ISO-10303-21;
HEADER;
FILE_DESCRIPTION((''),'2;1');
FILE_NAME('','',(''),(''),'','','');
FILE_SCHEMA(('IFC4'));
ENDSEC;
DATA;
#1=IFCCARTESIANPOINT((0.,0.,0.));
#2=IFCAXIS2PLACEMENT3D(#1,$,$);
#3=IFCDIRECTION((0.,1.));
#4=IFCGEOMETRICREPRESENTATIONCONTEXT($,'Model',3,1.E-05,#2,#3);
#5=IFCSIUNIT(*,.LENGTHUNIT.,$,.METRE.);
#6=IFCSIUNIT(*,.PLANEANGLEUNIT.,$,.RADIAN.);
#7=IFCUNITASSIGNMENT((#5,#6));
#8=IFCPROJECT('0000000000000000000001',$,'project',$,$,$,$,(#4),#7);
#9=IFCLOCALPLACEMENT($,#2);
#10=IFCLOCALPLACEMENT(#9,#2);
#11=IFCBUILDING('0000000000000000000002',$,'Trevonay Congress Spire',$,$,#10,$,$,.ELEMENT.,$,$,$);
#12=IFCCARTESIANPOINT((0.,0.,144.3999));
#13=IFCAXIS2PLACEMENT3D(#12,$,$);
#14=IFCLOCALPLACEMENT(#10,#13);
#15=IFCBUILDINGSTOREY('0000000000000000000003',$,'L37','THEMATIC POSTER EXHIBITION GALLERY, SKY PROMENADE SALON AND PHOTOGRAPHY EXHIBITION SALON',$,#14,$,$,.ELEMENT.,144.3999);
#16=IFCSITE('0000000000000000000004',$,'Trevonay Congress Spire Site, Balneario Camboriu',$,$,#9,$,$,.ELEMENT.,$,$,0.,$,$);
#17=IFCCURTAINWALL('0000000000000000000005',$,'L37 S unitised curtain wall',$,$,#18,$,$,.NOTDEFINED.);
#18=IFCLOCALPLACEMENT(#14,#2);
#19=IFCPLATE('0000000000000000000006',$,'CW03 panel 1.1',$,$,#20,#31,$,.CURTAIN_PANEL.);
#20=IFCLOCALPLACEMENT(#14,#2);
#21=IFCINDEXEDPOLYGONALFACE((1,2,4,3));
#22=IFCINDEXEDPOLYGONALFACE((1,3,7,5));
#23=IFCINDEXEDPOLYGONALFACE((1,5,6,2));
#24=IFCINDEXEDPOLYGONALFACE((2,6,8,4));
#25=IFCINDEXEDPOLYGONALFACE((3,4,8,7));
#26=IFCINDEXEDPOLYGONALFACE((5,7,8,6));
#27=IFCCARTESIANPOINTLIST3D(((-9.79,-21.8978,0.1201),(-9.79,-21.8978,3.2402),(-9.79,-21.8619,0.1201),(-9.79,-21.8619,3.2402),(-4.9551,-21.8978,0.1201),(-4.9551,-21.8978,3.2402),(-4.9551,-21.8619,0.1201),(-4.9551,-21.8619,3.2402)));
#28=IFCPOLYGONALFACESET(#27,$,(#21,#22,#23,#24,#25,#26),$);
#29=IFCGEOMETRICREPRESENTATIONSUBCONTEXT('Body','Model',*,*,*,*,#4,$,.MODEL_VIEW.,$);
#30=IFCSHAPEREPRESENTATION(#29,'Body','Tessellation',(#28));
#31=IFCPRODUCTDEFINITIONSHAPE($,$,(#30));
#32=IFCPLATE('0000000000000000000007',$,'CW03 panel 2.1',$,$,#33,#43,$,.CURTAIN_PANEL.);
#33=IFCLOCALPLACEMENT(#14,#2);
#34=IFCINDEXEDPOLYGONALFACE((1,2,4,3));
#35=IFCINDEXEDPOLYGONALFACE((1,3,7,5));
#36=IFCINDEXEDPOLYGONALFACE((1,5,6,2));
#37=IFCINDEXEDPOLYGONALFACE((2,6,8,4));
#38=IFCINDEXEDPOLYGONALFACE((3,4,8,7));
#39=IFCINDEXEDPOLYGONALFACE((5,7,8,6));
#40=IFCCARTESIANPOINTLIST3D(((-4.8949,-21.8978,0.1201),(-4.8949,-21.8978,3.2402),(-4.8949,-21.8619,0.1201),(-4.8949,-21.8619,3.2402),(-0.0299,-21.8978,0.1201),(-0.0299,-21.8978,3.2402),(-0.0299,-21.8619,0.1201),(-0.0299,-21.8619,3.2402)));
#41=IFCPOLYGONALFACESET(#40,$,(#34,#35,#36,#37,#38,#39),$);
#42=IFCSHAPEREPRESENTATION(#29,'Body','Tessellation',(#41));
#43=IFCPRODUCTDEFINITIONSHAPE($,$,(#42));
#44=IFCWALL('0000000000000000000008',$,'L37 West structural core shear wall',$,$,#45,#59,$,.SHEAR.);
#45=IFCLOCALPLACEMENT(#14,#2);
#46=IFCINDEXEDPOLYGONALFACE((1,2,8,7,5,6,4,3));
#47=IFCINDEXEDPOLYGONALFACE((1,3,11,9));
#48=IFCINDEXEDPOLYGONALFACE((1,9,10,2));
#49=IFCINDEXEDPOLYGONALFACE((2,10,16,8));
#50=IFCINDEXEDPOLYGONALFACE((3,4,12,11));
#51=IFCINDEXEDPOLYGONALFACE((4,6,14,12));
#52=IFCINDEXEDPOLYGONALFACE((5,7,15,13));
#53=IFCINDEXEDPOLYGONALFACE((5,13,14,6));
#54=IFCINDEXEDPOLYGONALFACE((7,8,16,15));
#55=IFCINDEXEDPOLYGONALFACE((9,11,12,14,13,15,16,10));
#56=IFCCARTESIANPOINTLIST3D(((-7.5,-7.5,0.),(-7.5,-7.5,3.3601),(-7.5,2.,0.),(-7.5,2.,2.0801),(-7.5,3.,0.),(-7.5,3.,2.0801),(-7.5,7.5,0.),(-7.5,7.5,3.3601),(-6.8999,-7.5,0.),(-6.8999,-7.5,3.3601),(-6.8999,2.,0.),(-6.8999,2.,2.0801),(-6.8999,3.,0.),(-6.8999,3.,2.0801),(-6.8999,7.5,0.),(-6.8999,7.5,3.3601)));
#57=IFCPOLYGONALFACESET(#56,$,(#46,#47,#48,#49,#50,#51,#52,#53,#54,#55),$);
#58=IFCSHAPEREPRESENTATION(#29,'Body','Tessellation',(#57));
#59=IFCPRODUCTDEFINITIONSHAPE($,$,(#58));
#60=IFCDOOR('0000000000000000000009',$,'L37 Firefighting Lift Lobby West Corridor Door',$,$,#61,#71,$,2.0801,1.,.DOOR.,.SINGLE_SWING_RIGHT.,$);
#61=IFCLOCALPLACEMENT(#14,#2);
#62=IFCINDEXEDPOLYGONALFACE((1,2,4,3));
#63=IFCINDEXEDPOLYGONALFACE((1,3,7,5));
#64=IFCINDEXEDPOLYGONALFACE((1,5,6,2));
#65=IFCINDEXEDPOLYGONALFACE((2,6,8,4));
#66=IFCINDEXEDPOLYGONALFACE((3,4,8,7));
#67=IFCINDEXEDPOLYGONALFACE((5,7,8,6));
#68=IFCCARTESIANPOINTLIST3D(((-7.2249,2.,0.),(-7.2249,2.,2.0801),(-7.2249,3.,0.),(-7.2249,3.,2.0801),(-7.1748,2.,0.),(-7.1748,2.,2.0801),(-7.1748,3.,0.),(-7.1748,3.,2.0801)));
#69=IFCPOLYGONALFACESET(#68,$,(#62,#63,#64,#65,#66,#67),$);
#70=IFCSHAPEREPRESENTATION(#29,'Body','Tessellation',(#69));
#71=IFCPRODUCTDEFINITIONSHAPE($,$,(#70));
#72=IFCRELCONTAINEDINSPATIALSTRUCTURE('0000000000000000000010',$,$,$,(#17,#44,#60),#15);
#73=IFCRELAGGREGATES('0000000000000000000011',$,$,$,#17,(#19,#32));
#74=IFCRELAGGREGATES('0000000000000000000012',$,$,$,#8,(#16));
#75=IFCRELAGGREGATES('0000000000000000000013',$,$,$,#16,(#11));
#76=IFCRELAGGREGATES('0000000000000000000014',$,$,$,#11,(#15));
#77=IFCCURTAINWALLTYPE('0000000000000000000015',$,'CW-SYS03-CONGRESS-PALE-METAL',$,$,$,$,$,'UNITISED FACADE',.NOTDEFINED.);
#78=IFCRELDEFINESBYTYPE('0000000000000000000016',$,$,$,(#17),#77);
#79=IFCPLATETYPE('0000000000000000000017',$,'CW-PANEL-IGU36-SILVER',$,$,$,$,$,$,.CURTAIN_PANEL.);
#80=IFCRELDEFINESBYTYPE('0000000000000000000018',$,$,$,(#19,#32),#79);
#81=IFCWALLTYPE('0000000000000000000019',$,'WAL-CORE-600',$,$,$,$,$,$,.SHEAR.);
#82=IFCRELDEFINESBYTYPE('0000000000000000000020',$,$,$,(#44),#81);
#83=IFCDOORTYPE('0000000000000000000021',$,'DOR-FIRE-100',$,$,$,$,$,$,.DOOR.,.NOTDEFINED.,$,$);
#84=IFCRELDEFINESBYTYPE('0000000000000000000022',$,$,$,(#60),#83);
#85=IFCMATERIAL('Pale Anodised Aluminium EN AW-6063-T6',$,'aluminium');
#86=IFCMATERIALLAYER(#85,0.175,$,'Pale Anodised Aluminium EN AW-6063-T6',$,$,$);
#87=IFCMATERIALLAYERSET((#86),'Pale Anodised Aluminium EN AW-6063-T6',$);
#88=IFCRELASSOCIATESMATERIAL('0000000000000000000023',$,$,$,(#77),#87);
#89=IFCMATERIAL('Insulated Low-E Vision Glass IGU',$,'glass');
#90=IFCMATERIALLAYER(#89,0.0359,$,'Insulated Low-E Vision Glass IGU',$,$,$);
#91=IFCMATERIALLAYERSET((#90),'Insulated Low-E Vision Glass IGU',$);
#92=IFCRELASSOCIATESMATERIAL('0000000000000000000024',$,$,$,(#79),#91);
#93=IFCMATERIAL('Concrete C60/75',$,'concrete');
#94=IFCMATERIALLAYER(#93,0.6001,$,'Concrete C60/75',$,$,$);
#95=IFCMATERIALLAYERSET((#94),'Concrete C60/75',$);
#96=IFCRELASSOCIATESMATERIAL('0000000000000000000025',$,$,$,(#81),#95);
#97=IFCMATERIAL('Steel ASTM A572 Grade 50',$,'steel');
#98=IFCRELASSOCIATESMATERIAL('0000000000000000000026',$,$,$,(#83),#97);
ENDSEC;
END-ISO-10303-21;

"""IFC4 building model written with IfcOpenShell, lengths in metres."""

from ifc_helpers import new_model, si_unit, direction, frame, frame_2d, origin, origin_2d, place, context, subcontext, project, spatial, rectangle, extrude, material, layer, layer_set, type_object, element, fill, aggregate, save


model = new_model("IFC4")

# Units and contexts
model_context = context("Model", 3, precision=1e-05, world=origin(), true_north=direction((0.0, 1.0)))
body_context = subcontext(model_context, "Body", "Model", "MODEL_VIEW")
ifc_project = project(units=[si_unit("LENGTHUNIT", "METRE"), si_unit("PLANEANGLEUNIT", "RADIAN")], contexts=[model_context])

# Site, building, storey
site_placement = place(None, origin())
site = spatial("IfcSite", under=ifc_project, at=site_placement, Name="Trevonay Congress Spire Site, Balneario Camboriu", CompositionType="ELEMENT", RefElevation=0.0)
building_placement = place(site_placement, origin())
building = spatial("IfcBuilding", under=site, at=building_placement, Name="Trevonay Congress Spire", CompositionType="ELEMENT")
storey_placement = place(building_placement, frame((0.0, 0.0, 144.3999)))
storey = spatial("IfcBuildingStorey", under=building, at=storey_placement, Name="L37", Description="THEMATIC POSTER EXHIBITION GALLERY, SKY PROMENADE SALON AND PHOTOGRAPHY EXHIBITION SALON", CompositionType="ELEMENT", Elevation=144.3999)

# Shared definitions
ifc_material_1 = material(Name="Steel ASTM A572 Grade 50", Category="steel")

# Curtain wall, plates
ifc_material_2 = material(Name="Pale Anodised Aluminium EN AW-6063-T6", Category="aluminium")
ifc_layer_1 = layer(ifc_material_2, 0.175, Name="Pale Anodised Aluminium EN AW-6063-T6")
ifc_layer_set_1 = layer_set([ifc_layer_1], Name="Pale Anodised Aluminium EN AW-6063-T6")
curtain_wall_type = type_object("IfcCurtainWallType", Name="CW-SYS03-CONGRESS-PALE-METAL", ElementType="UNITISED FACADE", PredefinedType="NOTDEFINED", material=ifc_layer_set_1)
curtain_wall_placement = place(storey_placement, origin())
curtain_wall = element("IfcCurtainWall", 1, at=curtain_wall_placement, inside=storey, type_object=curtain_wall_type, Name="L37 S unitised curtain wall", PredefinedType="NOTDEFINED")
ifc_material_3 = material(Name="Insulated Low-E Vision Glass IGU", Category="glass")
ifc_layer_2 = layer(ifc_material_3, 0.0359, Name="Insulated Low-E Vision Glass IGU")
ifc_layer_set_2 = layer_set([ifc_layer_2], Name="Insulated Low-E Vision Glass IGU")
plate_type = type_object("IfcPlateType", Name="CW-PANEL-IGU36-SILVER", PredefinedType="CURTAIN_PANEL", material=ifc_layer_set_2)
plate_1_placement = place(storey_placement, frame((-7.3726, -21.8799, 0.1201), z_axis=(0.0, 0.0, 1.0), x_axis=(1.0, 0.0, 0.0)))
plate_1 = element("IfcPlate", 2, at=plate_1_placement, type_object=plate_type, Name="CW03 panel 1.1", PredefinedType="CURTAIN_PANEL", context=body_context, shape_type="SweptSolid", body=[
    extrude(rectangle(XDim=4.835, YDim=0.0359, at=origin_2d()), origin(), (0.0, 0.0, 1.0), 3.1201),
])
plate_2_placement = place(storey_placement, frame((-2.4624, -21.8799, 0.1201), z_axis=(0.0, 0.0, 1.0), x_axis=(1.0, 0.0, 0.0)))
plate_2 = element("IfcPlate", 3, at=plate_2_placement, type_object=plate_type, Name="CW03 panel 2.1", PredefinedType="CURTAIN_PANEL", context=body_context, shape_type="SweptSolid", body=[
    extrude(rectangle(XDim=4.865, YDim=0.0359, at=origin_2d()), origin(), (0.0, 0.0, 1.0), 3.1201),
])
aggregate(curtain_wall, [plate_1, plate_2])

# Wall, opening, door
ifc_material_4 = material(Name="Concrete C60/75", Category="concrete")
ifc_layer_3 = layer(ifc_material_4, 0.6001, Name="Concrete C60/75")
ifc_layer_set_3 = layer_set([ifc_layer_3], Name="Concrete C60/75")
wall_type = type_object("IfcWallType", Name="WAL-CORE-600", PredefinedType="SHEAR", material=ifc_layer_set_3)
wall_placement = place(storey_placement, frame((-7.2, -7.5, 0.0), z_axis=(0.0, 0.0, 1.0), x_axis=(0.0, 1.0, 0.0)))
wall = element("IfcWall", 4, at=wall_placement, inside=storey, type_object=wall_type, Name="L37 West structural core shear wall", PredefinedType="SHEAR", context=body_context, shape_type="SweptSolid", body=[
    extrude(rectangle(XDim=15.0, YDim=0.6001, at=frame_2d((7.5, 0.0))), origin(), (0.0, 0.0, 1.0), 3.3601),
])
opening_placement = place(wall_placement, frame((9.5, 0.0, 0.0)))
opening = element("IfcOpeningElement", 5, at=opening_placement, cuts=wall, PredefinedType="OPENING", context=body_context, shape_type="SweptSolid", body=[
    extrude(rectangle(XDim=1.0, YDim=2.0801, at=frame_2d((0.5, 1.04))), frame((0.0, 0.3101, 0.0), z_axis=(0.0, -1.0, 0.0), x_axis=(1.0, 0.0, 0.0)), (0.0, 0.0, 1.0), 0.6201),
])
door_type = type_object("IfcDoorType", Name="DOR-FIRE-100", OperationType="NOTDEFINED", PredefinedType="DOOR", material=ifc_material_1)
door_placement = place(opening_placement, origin())
door = element("IfcDoor", 6, at=door_placement, inside=storey, type_object=door_type, Name="L37 Firefighting Lift Lobby West Corridor Door", OperationType="SINGLE_SWING_RIGHT", OverallHeight=2.0801, OverallWidth=1.0, PredefinedType="DOOR", context=body_context, shape_type="SweptSolid", body=[
    extrude(rectangle(XDim=1.0, YDim=2.0801, at=frame_2d((0.5, 1.04))), frame((0.0, 0.0249, 0.0), z_axis=(0.0, -1.0, 0.0), x_axis=(1.0, 0.0, 0.0)), (0.0, 0.0, 1.0), 0.05),
])
fill(opening, door)

save(model, "model.ifc")
